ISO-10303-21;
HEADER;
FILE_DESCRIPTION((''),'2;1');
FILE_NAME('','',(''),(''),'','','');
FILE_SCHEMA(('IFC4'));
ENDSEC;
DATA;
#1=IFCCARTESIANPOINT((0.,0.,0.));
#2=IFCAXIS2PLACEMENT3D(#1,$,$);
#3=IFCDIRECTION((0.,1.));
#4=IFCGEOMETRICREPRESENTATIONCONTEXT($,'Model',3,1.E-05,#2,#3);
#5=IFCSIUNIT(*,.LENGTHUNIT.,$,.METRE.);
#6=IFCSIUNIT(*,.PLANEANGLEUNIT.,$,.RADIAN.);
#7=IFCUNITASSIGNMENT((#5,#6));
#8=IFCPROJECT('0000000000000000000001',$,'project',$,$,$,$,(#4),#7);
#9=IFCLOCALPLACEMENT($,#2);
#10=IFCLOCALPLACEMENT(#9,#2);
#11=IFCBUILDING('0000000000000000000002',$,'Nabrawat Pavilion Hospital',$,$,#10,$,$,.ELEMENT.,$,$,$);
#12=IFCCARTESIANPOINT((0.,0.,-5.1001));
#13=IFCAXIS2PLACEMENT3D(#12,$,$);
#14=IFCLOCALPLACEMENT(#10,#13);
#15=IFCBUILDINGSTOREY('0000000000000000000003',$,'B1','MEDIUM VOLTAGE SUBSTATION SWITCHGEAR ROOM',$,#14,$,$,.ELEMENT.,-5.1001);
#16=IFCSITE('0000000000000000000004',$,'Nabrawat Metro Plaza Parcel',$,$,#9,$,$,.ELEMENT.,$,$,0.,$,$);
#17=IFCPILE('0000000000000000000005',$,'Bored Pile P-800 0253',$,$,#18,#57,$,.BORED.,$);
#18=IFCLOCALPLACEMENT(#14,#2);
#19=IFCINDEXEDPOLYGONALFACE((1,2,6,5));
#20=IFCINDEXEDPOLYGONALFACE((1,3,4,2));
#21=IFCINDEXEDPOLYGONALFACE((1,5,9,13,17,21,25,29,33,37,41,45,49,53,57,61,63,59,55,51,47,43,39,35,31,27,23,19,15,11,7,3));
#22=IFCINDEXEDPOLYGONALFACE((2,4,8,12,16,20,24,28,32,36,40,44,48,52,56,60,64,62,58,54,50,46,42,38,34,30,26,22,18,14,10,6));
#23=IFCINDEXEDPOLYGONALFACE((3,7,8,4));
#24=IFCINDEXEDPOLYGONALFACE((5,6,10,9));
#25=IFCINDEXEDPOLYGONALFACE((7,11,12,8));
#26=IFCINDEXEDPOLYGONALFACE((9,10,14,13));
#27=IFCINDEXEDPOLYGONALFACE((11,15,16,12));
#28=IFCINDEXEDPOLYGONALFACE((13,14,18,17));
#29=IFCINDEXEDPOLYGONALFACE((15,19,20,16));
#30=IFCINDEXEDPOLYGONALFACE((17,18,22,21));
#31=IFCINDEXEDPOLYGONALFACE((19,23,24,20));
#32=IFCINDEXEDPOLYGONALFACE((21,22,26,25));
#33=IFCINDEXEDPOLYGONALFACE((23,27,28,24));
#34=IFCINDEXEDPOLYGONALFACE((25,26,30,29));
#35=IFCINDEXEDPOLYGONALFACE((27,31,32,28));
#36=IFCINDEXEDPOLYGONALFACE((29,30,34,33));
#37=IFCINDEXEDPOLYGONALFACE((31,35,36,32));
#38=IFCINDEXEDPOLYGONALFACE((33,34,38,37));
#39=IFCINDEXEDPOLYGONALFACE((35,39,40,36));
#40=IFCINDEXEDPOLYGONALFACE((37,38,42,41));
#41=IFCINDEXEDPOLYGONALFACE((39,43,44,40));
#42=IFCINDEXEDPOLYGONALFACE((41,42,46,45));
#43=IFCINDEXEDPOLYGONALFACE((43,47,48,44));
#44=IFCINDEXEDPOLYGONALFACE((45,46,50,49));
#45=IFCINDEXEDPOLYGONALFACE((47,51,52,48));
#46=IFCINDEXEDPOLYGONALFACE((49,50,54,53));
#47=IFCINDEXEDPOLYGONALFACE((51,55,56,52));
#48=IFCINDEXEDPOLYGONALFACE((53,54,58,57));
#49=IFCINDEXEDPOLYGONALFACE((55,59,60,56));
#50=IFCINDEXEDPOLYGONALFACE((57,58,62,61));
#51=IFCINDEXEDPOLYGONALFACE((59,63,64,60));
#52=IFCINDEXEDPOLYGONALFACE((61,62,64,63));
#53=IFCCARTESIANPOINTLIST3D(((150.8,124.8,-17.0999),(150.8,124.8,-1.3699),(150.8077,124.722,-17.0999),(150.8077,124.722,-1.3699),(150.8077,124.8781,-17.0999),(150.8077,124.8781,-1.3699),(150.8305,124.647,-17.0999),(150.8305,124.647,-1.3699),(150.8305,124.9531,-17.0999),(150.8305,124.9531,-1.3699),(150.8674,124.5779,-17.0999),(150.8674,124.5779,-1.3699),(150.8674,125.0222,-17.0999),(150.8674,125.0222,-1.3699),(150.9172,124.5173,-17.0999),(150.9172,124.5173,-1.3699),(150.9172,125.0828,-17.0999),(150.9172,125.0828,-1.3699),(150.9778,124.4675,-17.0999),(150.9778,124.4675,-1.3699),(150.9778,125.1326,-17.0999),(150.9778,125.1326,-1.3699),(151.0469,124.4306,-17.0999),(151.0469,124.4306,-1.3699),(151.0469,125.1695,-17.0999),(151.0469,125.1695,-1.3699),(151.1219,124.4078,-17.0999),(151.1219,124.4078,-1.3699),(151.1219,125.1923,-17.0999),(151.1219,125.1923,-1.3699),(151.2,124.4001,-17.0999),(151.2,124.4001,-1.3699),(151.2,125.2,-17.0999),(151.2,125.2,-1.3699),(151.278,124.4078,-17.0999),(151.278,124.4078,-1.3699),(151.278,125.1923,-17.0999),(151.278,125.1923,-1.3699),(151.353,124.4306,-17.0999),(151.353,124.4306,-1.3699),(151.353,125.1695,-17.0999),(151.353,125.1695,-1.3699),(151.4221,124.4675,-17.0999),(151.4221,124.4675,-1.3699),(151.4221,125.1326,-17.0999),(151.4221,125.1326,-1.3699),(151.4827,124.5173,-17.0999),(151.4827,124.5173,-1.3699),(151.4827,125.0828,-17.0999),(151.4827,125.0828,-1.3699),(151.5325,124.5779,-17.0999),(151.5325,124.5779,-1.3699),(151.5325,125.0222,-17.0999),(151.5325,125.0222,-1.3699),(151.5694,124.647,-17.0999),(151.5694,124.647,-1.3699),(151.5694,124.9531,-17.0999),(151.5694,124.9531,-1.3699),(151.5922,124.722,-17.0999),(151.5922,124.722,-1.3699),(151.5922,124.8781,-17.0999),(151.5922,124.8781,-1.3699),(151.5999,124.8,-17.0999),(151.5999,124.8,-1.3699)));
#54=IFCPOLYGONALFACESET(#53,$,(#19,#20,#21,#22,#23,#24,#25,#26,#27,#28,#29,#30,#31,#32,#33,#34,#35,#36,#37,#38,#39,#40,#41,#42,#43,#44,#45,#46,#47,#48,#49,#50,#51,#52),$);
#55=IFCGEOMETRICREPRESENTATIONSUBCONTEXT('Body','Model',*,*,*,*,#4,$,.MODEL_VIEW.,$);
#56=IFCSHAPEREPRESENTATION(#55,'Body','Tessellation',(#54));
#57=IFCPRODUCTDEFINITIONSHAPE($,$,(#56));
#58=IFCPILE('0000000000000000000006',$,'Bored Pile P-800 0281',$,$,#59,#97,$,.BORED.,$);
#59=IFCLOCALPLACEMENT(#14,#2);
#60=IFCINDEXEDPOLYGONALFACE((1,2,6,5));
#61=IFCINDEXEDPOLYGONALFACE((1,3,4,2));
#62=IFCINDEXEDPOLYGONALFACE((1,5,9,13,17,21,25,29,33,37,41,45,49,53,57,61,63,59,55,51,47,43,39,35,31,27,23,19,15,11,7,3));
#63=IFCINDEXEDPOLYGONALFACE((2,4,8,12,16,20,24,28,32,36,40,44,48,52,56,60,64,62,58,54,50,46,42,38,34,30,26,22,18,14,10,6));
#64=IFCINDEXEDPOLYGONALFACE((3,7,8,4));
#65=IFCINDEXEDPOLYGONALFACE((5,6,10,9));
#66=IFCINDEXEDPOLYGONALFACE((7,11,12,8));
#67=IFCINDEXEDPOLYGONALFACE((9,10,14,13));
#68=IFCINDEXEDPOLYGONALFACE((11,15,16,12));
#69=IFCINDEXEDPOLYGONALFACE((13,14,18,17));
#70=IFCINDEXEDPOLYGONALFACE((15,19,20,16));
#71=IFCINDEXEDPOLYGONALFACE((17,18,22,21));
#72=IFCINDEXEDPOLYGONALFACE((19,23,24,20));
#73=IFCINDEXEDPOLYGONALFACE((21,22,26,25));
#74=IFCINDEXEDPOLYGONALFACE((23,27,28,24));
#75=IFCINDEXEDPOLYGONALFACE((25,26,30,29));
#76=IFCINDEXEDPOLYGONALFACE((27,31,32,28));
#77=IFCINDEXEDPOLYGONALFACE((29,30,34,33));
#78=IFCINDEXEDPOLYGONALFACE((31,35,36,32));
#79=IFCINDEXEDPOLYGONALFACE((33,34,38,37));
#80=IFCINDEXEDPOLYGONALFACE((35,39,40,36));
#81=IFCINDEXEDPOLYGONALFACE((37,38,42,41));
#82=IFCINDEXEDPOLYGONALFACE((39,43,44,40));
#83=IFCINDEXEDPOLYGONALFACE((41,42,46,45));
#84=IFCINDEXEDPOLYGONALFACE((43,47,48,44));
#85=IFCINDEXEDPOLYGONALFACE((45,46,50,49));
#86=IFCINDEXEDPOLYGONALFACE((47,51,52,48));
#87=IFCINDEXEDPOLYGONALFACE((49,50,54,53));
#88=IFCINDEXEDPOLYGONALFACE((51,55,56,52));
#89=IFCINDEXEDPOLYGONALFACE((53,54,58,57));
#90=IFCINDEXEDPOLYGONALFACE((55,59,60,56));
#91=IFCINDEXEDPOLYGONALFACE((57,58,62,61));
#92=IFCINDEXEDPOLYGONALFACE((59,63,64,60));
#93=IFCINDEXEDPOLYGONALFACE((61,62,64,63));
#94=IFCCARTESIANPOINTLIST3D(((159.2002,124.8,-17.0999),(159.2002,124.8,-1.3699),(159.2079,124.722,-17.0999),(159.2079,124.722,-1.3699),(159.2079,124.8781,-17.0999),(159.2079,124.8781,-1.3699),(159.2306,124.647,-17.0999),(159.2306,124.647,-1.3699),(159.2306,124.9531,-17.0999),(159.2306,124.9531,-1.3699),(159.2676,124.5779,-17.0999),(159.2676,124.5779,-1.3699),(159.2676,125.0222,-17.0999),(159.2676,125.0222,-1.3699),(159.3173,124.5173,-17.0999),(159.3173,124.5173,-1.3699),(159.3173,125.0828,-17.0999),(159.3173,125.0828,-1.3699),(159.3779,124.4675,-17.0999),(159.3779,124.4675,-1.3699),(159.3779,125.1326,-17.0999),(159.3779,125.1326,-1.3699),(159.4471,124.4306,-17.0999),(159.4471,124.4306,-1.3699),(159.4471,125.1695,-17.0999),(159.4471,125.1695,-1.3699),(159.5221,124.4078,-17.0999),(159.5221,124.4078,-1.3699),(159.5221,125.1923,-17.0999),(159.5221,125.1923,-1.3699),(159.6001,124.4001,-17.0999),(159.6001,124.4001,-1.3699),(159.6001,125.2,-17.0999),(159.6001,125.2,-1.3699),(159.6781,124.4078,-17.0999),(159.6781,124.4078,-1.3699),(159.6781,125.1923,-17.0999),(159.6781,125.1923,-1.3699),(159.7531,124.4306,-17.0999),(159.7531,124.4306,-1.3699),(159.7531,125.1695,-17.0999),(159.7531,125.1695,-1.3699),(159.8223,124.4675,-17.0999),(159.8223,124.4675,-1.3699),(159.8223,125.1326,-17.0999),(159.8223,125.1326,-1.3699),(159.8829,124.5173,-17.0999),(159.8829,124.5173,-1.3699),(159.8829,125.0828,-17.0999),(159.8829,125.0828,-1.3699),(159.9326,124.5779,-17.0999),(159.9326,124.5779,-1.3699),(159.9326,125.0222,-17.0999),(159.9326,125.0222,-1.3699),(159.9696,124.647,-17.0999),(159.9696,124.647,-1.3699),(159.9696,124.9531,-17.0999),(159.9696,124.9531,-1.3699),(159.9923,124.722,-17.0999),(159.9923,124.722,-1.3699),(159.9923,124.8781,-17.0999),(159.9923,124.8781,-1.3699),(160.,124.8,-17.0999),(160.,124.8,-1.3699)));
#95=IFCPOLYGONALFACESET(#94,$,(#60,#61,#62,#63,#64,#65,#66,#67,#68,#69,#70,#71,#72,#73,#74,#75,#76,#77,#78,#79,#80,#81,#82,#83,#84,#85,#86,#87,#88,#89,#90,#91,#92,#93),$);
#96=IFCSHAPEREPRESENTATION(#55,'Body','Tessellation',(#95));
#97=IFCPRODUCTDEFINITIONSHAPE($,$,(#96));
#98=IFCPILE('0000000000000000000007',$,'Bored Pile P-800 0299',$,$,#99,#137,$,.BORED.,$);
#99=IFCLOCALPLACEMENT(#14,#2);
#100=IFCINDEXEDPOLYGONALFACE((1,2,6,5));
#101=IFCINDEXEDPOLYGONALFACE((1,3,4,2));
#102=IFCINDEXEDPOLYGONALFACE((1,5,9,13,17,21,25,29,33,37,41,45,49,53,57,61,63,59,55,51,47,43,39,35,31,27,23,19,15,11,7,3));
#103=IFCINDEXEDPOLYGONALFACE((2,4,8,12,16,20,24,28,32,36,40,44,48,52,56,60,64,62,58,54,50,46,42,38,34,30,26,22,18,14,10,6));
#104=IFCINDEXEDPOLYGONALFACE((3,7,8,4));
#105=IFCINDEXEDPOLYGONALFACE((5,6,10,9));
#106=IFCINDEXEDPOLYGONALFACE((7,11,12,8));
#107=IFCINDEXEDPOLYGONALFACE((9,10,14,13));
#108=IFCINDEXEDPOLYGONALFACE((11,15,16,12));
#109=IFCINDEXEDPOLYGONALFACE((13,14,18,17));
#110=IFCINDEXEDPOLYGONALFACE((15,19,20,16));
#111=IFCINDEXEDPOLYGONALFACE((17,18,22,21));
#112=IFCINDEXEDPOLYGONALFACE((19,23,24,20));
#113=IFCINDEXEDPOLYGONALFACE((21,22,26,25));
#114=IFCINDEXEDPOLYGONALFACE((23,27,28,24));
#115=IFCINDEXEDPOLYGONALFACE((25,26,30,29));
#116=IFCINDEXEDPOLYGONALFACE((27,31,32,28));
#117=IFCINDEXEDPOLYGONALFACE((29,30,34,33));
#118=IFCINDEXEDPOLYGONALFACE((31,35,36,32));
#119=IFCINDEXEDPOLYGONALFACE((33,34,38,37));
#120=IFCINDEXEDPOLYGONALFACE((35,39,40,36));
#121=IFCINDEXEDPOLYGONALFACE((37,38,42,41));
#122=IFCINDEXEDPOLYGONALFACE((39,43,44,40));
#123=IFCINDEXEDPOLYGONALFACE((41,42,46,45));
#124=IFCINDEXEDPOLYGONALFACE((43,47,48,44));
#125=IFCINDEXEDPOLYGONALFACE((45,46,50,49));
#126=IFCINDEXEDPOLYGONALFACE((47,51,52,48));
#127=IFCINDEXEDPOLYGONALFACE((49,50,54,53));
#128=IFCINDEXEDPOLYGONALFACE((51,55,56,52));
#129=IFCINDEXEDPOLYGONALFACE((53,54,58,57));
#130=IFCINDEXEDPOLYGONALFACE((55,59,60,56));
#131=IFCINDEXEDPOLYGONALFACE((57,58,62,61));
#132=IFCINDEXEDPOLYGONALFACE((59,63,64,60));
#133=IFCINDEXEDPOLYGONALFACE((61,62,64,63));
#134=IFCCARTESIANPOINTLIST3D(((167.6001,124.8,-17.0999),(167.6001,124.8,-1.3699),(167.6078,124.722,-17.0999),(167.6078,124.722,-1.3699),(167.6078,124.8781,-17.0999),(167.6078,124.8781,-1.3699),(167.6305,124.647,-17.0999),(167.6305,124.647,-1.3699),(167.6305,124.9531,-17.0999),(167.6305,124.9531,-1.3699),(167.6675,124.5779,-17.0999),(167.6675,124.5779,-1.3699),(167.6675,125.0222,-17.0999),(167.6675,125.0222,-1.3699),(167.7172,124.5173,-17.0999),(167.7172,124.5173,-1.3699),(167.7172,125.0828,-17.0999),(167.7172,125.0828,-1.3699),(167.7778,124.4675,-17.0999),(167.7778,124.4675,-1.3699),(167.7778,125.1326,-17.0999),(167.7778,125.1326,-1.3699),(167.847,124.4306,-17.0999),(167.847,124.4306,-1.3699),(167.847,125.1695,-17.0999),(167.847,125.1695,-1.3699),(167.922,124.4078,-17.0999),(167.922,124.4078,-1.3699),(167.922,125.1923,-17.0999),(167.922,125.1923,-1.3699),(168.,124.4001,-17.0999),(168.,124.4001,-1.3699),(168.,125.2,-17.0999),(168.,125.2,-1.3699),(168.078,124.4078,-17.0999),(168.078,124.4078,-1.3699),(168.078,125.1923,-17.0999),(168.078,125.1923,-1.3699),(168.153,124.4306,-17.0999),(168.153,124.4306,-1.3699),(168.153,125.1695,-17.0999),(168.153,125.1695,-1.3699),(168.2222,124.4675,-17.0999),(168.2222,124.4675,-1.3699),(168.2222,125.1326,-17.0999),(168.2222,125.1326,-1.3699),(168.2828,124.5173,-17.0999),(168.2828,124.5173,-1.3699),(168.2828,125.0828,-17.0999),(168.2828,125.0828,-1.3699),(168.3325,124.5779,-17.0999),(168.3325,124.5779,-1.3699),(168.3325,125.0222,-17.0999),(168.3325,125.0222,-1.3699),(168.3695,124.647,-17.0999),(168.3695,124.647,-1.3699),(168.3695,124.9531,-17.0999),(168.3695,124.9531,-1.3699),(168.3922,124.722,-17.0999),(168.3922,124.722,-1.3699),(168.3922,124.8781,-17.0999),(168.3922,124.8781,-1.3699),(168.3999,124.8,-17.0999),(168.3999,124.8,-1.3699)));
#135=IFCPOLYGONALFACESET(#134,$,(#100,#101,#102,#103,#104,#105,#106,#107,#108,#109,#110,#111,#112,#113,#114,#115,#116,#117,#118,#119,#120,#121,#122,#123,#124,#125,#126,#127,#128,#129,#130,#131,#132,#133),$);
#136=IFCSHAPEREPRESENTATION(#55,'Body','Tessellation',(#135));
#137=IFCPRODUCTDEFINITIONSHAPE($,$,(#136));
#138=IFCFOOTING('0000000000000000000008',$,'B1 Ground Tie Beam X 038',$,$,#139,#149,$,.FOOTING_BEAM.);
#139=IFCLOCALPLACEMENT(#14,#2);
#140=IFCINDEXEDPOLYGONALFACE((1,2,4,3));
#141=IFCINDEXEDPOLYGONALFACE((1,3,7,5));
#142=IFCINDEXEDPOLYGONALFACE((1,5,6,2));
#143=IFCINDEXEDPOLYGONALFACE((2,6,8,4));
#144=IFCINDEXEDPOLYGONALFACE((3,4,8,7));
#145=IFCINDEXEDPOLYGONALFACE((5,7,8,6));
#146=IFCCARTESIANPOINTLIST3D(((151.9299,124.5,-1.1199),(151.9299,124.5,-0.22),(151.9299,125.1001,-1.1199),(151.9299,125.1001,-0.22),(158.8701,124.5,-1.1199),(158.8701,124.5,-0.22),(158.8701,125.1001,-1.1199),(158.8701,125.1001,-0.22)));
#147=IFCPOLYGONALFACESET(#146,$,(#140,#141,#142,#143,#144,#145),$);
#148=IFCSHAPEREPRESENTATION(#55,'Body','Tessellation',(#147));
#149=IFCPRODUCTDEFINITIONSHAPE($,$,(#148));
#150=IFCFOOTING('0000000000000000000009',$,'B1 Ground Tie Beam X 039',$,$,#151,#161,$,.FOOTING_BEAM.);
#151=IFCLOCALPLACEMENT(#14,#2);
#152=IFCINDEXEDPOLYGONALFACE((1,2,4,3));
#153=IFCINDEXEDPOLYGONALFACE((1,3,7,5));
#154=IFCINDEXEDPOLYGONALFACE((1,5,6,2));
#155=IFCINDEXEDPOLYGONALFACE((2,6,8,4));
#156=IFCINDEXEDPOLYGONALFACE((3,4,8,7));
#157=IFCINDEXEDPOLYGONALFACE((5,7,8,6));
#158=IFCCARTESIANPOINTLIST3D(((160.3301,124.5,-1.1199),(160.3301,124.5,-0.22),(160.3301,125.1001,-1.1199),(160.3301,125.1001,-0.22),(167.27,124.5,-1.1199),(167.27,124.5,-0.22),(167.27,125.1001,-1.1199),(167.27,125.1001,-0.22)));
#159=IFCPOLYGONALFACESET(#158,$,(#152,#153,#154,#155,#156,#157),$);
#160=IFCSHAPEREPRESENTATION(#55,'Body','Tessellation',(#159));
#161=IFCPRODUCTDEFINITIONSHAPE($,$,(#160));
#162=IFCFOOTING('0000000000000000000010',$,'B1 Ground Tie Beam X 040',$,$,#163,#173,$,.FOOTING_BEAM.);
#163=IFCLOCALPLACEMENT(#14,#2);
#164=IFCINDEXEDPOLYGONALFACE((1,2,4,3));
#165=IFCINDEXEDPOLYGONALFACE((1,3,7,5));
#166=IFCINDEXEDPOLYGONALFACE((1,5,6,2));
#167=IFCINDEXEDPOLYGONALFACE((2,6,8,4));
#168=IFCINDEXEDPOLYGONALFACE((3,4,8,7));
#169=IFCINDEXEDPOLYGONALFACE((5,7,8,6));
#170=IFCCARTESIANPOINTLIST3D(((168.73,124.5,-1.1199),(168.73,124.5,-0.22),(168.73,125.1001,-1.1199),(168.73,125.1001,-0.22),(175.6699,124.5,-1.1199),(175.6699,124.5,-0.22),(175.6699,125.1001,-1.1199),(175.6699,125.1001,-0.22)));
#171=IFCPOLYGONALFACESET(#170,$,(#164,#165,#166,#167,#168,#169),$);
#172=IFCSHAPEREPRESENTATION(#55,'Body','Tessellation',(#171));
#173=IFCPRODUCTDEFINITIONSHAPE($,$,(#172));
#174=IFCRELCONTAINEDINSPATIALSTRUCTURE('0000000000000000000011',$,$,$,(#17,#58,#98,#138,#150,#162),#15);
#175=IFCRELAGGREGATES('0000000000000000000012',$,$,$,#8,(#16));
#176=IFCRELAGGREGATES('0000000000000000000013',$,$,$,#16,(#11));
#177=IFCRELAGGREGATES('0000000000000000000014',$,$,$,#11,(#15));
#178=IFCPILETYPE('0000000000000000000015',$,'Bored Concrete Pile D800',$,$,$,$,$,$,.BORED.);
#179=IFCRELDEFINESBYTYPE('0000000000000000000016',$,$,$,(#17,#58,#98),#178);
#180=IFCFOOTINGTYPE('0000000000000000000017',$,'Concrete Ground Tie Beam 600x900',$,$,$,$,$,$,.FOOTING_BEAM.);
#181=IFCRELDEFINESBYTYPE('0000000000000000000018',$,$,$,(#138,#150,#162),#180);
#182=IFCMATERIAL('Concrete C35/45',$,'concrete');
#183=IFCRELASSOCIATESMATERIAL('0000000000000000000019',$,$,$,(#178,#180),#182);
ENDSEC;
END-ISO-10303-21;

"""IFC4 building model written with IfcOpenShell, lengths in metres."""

from ifc_helpers import new_model, si_unit, direction, frame, origin, origin_2d, place, context, subcontext, project, spatial, rectangle, circle, extrude, material, material_profile, profile_set, type_object, element, save


model = new_model("IFC4")

# Units and contexts
model_context = context("Model", 3, precision=1e-05, world=origin(), true_north=direction((0.0, 1.0)))
body_context = subcontext(model_context, "Body", "Model", "MODEL_VIEW")
ifc_project = project(units=[si_unit("LENGTHUNIT", "METRE"), si_unit("PLANEANGLEUNIT", "RADIAN")], contexts=[model_context])

# Site, building, storey
site_placement = place(None, origin())
site = spatial("IfcSite", under=ifc_project, at=site_placement, Name="Nabrawat Metro Plaza Parcel", CompositionType="ELEMENT", RefElevation=0.0)
building_placement = place(site_placement, origin())
building = spatial("IfcBuilding", under=site, at=building_placement, Name="Nabrawat Pavilion Hospital", CompositionType="ELEMENT")
storey_placement = place(building_placement, frame((0.0, 0.0, -5.1001)))
storey = spatial("IfcBuildingStorey", under=building, at=storey_placement, Name="B1", Description="MEDIUM VOLTAGE SUBSTATION SWITCHGEAR ROOM", CompositionType="ELEMENT", Elevation=-5.1001)

# Piles
ifc_material_1 = material(Name="Concrete C35/45", Category="concrete")
ifc_material_profile_1 = material_profile(ifc_material_1, circle(Radius=0.3999, at=origin_2d()), Name="DIA 800")
ifc_profile_set_1 = profile_set([ifc_material_profile_1], Name="Concrete C35/45")
pile_type_1 = type_object("IfcPileType", Name="Bored Concrete Pile D800", PredefinedType="BORED", material=ifc_profile_set_1)
for number, where, z_axis, x_axis, name in (
    (1, (151.2, 124.8, -1.3699), (0.0, 0.0, -1.0), (1.0, 0.0, 0.0), "Bored Pile P-800 0253"),
    (2, (159.6001, 124.8, -1.3699), (0.0, 0.0, -1.0), (1.0, 0.0, 0.0), "Bored Pile P-800 0281"),
    (3, (168.0, 124.8, -1.3699), (0.0, 0.0, -1.0), (1.0, 0.0, 0.0), "Bored Pile P-800 0299"),
):
    element("IfcPile", number, at=place(storey_placement, frame(where, z_axis=z_axis, x_axis=x_axis)), inside=storey, type_object=pile_type_1, Name=name, PredefinedType="BORED", context=body_context, shape_type="SweptSolid", body=[
        extrude(circle(Radius=0.3999, at=origin_2d()), origin(), (0.0, 0.0, 1.0), 15.73),
    ])

# Footings
ifc_material_profile_2 = material_profile(ifc_material_1, rectangle(XDim=0.6001, YDim=0.8999, at=origin_2d()), Name="RC 600x900")
ifc_profile_set_2 = profile_set([ifc_material_profile_2], Name="Concrete C35/45")
footing_type = type_object("IfcFootingType", Name="Concrete Ground Tie Beam 600x900", PredefinedType="FOOTING_BEAM", material=ifc_profile_set_2)
footing_placement = place(storey_placement, frame((151.9299, 124.8, -0.6699), z_axis=(1.0, 0.0, 0.0), x_axis=(0.0, 1.0, 0.0)))
element("IfcFooting", 4, at=footing_placement, inside=storey, type_object=footing_type, Name="B1 Ground Tie Beam X 038", PredefinedType="FOOTING_BEAM", context=body_context, shape_type="SweptSolid", body=[
    extrude(rectangle(XDim=0.6001, YDim=0.8999, at=origin_2d()), origin(), (0.0, 0.0, 1.0), 6.9402),
])
for number, where, z_axis, x_axis, name in (
    (5, (160.3301, 124.8, -0.6699), (1.0, 0.0, 0.0), (0.0, 1.0, 0.0), "B1 Ground Tie Beam X 039"),
    (6, (168.73, 124.8, -0.6699), (1.0, 0.0, 0.0), (0.0, 1.0, 0.0), "B1 Ground Tie Beam X 040"),
):
    element("IfcFooting", number, at=place(storey_placement, frame(where, z_axis=z_axis, x_axis=x_axis)), inside=storey, type_object=footing_type, Name=name, PredefinedType="FOOTING_BEAM", context=body_context, shape_type="SweptSolid", body=[
        extrude(rectangle(XDim=0.6001, YDim=0.8999, at=origin_2d()), origin(), (0.0, 0.0, 1.0), 6.9399),
    ])

save(model, "model.ifc")
